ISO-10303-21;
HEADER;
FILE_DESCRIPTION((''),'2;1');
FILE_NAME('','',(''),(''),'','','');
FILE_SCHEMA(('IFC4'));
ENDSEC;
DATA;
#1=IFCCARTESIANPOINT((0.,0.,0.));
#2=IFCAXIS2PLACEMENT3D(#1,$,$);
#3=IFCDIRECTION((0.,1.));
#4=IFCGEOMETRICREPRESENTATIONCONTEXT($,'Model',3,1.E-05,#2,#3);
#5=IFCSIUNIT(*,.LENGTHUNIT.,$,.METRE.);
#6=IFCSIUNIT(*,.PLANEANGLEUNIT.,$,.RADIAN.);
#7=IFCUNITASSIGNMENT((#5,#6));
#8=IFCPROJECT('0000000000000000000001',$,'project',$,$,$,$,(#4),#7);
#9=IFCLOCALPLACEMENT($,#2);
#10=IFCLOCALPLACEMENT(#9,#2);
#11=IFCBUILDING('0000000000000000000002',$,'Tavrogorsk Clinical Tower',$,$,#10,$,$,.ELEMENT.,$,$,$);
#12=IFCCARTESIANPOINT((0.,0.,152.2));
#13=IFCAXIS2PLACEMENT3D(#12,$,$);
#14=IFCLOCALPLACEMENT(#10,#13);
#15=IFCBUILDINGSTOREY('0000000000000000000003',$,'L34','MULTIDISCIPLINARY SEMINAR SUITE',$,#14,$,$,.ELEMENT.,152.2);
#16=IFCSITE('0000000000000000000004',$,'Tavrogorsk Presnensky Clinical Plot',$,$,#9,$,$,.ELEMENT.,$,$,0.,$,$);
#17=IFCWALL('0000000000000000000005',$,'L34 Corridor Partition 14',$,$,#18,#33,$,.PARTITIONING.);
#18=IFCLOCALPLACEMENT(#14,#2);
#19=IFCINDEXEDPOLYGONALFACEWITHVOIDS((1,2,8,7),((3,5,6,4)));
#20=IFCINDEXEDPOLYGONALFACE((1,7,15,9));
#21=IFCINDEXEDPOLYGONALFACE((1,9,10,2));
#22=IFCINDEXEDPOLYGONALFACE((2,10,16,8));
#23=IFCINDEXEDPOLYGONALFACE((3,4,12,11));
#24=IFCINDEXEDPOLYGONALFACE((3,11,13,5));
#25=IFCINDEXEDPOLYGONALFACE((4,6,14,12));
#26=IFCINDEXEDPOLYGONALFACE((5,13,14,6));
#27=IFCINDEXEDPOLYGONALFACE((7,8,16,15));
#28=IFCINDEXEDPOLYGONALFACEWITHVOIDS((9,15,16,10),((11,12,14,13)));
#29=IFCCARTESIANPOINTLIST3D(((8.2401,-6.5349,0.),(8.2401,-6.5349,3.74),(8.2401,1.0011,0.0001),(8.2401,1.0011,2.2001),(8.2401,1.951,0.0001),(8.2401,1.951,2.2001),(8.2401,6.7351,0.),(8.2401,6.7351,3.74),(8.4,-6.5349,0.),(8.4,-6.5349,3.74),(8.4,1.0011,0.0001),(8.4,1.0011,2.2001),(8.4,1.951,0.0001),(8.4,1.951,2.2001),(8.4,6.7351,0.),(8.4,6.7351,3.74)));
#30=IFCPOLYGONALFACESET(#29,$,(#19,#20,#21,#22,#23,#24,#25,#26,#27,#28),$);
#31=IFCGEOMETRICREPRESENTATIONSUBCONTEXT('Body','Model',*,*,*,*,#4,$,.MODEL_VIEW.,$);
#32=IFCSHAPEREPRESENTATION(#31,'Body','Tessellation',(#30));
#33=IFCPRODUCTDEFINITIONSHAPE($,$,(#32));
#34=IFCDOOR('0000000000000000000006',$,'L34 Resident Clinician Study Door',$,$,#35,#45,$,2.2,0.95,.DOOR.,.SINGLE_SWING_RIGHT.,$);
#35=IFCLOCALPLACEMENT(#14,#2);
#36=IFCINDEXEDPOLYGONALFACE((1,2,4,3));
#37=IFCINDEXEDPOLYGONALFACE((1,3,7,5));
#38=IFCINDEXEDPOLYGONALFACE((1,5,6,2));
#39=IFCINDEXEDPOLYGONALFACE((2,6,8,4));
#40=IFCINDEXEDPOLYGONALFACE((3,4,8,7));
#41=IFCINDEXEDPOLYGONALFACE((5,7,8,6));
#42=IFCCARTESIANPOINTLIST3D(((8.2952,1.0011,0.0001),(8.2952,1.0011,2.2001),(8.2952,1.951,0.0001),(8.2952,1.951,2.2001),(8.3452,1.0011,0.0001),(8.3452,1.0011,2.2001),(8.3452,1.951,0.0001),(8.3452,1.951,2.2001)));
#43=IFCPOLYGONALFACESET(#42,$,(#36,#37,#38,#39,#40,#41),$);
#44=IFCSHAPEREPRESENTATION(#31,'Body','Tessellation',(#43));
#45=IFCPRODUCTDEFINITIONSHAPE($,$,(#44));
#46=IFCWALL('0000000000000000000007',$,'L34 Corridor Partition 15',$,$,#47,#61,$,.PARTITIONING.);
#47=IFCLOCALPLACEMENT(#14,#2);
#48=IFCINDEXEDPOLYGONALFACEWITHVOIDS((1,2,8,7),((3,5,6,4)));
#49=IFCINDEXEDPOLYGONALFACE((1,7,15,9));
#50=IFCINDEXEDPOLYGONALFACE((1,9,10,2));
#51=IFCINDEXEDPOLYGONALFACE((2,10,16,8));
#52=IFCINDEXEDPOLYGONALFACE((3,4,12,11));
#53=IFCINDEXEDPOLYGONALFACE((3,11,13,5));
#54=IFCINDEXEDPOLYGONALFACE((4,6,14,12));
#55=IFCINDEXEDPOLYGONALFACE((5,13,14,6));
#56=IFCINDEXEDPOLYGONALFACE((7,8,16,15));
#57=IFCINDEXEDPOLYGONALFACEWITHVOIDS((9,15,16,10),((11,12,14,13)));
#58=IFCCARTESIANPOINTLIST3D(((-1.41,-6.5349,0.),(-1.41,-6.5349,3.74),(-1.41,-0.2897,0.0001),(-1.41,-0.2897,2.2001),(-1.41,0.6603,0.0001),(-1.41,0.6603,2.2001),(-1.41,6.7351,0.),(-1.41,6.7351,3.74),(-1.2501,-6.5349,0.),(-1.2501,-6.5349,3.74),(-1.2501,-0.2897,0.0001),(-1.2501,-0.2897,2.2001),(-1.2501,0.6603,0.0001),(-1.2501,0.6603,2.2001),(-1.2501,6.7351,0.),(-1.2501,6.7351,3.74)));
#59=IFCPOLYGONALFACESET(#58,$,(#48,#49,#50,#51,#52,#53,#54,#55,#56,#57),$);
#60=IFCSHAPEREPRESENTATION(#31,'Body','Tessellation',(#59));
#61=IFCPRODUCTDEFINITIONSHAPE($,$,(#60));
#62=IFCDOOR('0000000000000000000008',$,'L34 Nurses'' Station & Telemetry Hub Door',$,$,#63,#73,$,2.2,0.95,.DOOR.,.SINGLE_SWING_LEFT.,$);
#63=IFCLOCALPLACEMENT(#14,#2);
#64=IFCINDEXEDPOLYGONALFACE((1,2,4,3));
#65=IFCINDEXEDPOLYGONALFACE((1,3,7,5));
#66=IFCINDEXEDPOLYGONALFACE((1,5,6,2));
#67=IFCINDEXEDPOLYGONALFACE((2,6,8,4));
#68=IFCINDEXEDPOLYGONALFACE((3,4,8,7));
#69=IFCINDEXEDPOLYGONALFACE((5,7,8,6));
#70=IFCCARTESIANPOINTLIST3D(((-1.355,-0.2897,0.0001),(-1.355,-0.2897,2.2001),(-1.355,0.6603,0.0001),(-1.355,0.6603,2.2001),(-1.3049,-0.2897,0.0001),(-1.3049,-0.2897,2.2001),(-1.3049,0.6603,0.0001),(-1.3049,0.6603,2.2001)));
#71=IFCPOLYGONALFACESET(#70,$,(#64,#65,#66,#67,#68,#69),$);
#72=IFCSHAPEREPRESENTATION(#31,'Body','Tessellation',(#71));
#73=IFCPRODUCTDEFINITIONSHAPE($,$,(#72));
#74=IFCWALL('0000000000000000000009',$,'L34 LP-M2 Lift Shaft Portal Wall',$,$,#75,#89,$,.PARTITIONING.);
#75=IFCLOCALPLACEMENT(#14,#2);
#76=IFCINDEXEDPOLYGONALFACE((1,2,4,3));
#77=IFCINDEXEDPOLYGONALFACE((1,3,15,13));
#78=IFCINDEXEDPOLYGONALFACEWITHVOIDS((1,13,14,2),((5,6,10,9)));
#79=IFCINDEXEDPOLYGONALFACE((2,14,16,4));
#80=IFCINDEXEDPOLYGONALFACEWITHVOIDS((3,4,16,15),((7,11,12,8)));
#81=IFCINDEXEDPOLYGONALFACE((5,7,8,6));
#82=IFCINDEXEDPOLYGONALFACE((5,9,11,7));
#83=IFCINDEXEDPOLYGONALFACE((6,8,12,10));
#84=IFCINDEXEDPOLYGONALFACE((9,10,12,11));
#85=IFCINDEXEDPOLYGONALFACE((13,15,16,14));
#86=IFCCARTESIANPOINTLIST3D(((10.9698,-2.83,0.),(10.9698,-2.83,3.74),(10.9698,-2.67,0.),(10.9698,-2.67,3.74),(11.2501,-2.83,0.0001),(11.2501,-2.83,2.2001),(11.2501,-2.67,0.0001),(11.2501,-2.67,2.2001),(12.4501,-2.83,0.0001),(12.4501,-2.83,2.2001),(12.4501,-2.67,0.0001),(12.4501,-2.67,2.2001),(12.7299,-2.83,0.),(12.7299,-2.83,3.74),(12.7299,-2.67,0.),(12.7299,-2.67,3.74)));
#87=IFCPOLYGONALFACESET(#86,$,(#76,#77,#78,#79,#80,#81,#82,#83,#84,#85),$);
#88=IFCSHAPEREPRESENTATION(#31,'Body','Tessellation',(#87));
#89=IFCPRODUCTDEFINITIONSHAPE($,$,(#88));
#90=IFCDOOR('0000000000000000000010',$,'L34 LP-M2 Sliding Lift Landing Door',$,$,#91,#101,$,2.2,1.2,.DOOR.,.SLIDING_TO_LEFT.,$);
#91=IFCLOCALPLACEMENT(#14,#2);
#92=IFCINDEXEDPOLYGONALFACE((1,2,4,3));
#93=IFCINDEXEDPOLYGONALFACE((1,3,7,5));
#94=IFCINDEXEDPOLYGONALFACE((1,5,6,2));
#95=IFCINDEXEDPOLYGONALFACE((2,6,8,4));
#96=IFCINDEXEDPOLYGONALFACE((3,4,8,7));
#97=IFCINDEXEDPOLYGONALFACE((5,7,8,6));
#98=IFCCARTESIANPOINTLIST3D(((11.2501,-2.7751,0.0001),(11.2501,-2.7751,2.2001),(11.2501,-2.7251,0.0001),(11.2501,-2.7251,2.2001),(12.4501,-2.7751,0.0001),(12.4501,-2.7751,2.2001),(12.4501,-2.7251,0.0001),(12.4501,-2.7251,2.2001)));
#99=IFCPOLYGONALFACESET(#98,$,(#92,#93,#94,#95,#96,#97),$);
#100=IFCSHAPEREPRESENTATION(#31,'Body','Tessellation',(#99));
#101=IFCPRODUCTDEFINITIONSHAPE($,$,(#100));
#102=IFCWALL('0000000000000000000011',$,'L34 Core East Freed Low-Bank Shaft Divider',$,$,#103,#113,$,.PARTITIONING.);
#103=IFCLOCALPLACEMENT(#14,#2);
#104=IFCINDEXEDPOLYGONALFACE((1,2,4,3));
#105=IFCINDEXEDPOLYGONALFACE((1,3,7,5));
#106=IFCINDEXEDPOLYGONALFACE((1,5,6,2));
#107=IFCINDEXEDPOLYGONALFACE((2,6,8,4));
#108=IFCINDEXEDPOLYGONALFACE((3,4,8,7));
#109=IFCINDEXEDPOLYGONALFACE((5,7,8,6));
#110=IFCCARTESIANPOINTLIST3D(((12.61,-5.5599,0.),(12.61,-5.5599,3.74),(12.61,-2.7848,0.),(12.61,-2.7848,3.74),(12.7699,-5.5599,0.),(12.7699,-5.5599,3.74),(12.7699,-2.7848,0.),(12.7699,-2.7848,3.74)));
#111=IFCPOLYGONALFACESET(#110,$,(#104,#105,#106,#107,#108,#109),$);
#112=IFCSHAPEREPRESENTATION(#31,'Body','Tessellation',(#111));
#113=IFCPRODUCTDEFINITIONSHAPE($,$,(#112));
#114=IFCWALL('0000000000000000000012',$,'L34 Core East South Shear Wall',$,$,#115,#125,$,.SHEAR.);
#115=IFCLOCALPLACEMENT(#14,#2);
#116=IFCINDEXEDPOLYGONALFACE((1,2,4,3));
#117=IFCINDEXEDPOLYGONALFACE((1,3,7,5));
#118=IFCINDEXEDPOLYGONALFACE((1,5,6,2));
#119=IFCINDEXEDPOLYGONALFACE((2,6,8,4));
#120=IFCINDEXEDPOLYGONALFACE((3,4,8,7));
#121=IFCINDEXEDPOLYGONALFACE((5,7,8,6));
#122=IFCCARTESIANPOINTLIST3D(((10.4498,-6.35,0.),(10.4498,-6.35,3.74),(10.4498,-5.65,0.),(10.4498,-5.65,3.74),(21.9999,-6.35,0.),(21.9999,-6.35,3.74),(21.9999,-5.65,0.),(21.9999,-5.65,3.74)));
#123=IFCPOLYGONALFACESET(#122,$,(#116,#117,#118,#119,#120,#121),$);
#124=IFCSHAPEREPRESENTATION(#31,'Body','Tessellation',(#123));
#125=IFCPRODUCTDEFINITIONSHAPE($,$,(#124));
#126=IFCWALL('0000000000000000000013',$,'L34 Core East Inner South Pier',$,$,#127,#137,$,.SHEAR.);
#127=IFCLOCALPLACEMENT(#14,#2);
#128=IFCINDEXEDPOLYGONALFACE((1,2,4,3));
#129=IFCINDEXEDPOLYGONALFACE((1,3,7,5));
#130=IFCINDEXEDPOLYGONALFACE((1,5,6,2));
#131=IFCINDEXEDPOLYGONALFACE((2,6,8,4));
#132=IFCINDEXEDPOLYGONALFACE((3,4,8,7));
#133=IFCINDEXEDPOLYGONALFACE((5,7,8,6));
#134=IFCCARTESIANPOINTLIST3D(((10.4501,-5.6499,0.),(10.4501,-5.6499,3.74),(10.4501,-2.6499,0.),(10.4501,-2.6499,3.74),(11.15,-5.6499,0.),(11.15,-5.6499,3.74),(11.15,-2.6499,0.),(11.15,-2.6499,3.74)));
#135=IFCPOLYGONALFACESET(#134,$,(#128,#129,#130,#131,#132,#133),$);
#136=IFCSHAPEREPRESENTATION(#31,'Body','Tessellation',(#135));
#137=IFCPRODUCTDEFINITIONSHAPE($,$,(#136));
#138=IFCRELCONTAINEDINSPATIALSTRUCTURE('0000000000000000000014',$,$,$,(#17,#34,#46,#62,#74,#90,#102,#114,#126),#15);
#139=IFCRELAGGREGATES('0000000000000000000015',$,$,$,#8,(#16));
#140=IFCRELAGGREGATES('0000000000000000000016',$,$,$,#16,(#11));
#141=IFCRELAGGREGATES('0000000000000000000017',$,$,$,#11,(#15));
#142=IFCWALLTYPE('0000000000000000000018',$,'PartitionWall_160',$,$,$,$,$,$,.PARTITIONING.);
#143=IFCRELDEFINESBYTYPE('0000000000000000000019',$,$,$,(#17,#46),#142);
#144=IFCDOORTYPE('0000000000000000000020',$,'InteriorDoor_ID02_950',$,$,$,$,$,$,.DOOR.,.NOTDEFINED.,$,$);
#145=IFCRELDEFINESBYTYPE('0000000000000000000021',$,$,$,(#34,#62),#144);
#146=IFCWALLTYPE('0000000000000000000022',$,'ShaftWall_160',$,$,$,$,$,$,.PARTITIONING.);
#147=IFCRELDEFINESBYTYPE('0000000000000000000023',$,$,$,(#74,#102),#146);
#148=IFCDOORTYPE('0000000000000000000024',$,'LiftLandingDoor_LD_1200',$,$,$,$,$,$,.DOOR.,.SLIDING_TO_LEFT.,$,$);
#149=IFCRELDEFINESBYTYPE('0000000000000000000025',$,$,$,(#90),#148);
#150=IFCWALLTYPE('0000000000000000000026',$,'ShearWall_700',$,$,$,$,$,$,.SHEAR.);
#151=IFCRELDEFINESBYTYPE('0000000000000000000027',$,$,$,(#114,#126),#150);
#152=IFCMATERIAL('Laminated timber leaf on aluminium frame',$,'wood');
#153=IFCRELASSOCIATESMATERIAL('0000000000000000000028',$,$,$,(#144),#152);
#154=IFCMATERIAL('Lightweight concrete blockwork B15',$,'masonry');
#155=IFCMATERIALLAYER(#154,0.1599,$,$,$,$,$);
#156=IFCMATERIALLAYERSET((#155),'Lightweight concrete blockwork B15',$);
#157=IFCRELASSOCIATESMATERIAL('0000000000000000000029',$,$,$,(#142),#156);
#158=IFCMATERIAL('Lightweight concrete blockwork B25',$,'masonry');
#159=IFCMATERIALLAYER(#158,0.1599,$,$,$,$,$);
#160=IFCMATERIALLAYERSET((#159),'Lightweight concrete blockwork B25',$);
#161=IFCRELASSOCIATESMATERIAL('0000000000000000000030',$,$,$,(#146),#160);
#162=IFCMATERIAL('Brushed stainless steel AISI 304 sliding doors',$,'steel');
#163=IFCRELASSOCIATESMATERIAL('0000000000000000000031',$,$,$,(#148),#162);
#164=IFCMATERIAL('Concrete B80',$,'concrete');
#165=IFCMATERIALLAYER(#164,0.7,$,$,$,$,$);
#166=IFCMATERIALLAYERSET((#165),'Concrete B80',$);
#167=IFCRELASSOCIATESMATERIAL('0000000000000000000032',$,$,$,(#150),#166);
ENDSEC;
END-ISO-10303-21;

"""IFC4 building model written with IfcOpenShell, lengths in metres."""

from ifc_helpers import new_model, si_unit, direction, frame, frame_2d, origin, place, context, subcontext, project, spatial, rectangle, extrude, material, layer, layer_set, type_object, element, fill, save


model = new_model("IFC4")

# Units and contexts
model_context = context("Model", 3, precision=1e-05, world=origin(), true_north=direction((0.0, 1.0)))
body_context = subcontext(model_context, "Body", "Model", "MODEL_VIEW")
ifc_project = project(units=[si_unit("LENGTHUNIT", "METRE"), si_unit("PLANEANGLEUNIT", "RADIAN")], contexts=[model_context])

# Site, building, storey
site_placement = place(None, origin())
site = spatial("IfcSite", under=ifc_project, at=site_placement, Name="Tavrogorsk Presnensky Clinical Plot", CompositionType="ELEMENT", RefElevation=0.0)
building_placement = place(site_placement, origin())
building = spatial("IfcBuilding", under=site, at=building_placement, Name="Tavrogorsk Clinical Tower", CompositionType="ELEMENT")
storey_placement = place(building_placement, frame((0.0, 0.0, 152.2)))
storey = spatial("IfcBuildingStorey", under=building, at=storey_placement, Name="L34", Description="MULTIDISCIPLINARY SEMINAR SUITE", CompositionType="ELEMENT", Elevation=152.2)

# Shared definitions
ifc_material_1 = material(Name="Laminated timber leaf on aluminium frame", Category="wood")
door_type_1 = type_object("IfcDoorType", Name="InteriorDoor_ID02_950", OperationType="NOTDEFINED", PredefinedType="DOOR", material=ifc_material_1)

# Shared definitions
ifc_material_2 = material(Name="Lightweight concrete blockwork B15", Category="masonry")
ifc_layer_1 = layer(ifc_material_2, 0.1599)
ifc_layer_set_1 = layer_set([ifc_layer_1], Name="Lightweight concrete blockwork B15")
wall_type_1 = type_object("IfcWallType", Name="PartitionWall_160", PredefinedType="PARTITIONING", material=ifc_layer_set_1)

# Walls, openings, doors
wall_1_placement = place(storey_placement, frame((8.3201, -6.5349, 0.0), z_axis=(0.0, 0.0, 1.0), x_axis=(0.0, 1.0, 0.0)))
wall_1 = element("IfcWall", 1, at=wall_1_placement, inside=storey, type_object=wall_type_1, Name="L34 Corridor Partition 14", PredefinedType="PARTITIONING", context=body_context, shape_type="SweptSolid", body=[
    extrude(rectangle(XDim=13.27, YDim=0.1599, at=frame_2d((6.635, 0.0))), origin(), (0.0, 0.0, 1.0), 3.74),
])
opening_1_placement = place(wall_1_placement, frame((7.5359, 0.0, 0.0)))
opening_1 = element("IfcOpeningElement", 2, at=opening_1_placement, cuts=wall_1, PredefinedType="OPENING", context=body_context, shape_type="SweptSolid", body=[
    extrude(rectangle(XDim=0.95, YDim=2.2, at=frame_2d((0.4751, 1.1001))), frame((0.0, 0.0898, 0.0), z_axis=(0.0, -1.0, 0.0), x_axis=(1.0, 0.0, 0.0)), (0.0, 0.0, 1.0), 0.1799),
])
door_1_placement = place(opening_1_placement, origin())
door_1 = element("IfcDoor", 3, at=door_1_placement, inside=storey, type_object=door_type_1, Name="L34 Resident Clinician Study Door", OperationType="SINGLE_SWING_RIGHT", OverallHeight=2.2, OverallWidth=0.95, PredefinedType="DOOR", context=body_context, shape_type="SweptSolid", body=[
    extrude(rectangle(XDim=0.95, YDim=2.2, at=frame_2d((0.4751, 1.1001))), frame((0.0, 0.0249, 0.0), z_axis=(0.0, -1.0, 0.0), x_axis=(1.0, 0.0, 0.0)), (0.0, 0.0, 1.0), 0.05),
])
fill(opening_1, door_1)
wall_2_placement = place(storey_placement, frame((-1.3301, -6.5349, 0.0), z_axis=(0.0, 0.0, 1.0), x_axis=(0.0, 1.0, 0.0)))
wall_2 = element("IfcWall", 4, at=wall_2_placement, inside=storey, type_object=wall_type_1, Name="L34 Corridor Partition 15", PredefinedType="PARTITIONING", context=body_context, shape_type="SweptSolid", body=[
    extrude(rectangle(XDim=13.27, YDim=0.1599, at=frame_2d((6.635, 0.0))), origin(), (0.0, 0.0, 1.0), 3.74),
])
opening_2_placement = place(wall_2_placement, frame((6.2451, 0.0, 0.0)))
opening_2 = element("IfcOpeningElement", 5, at=opening_2_placement, cuts=wall_2, PredefinedType="OPENING", context=body_context, shape_type="SweptSolid", body=[
    extrude(rectangle(XDim=0.95, YDim=2.2, at=frame_2d((0.4751, 1.1001))), frame((0.0, 0.0898, 0.0), z_axis=(0.0, -1.0, 0.0), x_axis=(1.0, 0.0, 0.0)), (0.0, 0.0, 1.0), 0.1799),
])
door_2_placement = place(opening_2_placement, origin())
door_2 = element("IfcDoor", 6, at=door_2_placement, inside=storey, type_object=door_type_1, Name="L34 Nurses' Station & Telemetry Hub Door", OperationType="SINGLE_SWING_LEFT", OverallHeight=2.2, OverallWidth=0.95, PredefinedType="DOOR", context=body_context, shape_type="SweptSolid", body=[
    extrude(rectangle(XDim=0.95, YDim=2.2, at=frame_2d((0.4751, 1.1001))), frame((0.0, 0.0249, 0.0), z_axis=(0.0, -1.0, 0.0), x_axis=(1.0, 0.0, 0.0)), (0.0, 0.0, 1.0), 0.05),
])
fill(opening_2, door_2)
ifc_material_3 = material(Name="Lightweight concrete blockwork B25", Category="masonry")
ifc_layer_2 = layer(ifc_material_3, 0.1599)
ifc_layer_set_2 = layer_set([ifc_layer_2], Name="Lightweight concrete blockwork B25")
wall_type_2 = type_object("IfcWallType", Name="ShaftWall_160", PredefinedType="PARTITIONING", material=ifc_layer_set_2)
wall_3_placement = place(storey_placement, frame((10.97, -2.75, 0.0), z_axis=(0.0, 0.0, 1.0), x_axis=(1.0, 0.0, 0.0)))
wall_3 = element("IfcWall", 7, at=wall_3_placement, inside=storey, type_object=wall_type_2, Name="L34 LP-M2 Lift Shaft Portal Wall", PredefinedType="PARTITIONING", context=body_context, shape_type="SweptSolid", body=[
    extrude(rectangle(XDim=1.76, YDim=0.1599, at=frame_2d((0.8799, 0.0))), origin(), (0.0, 0.0, 1.0), 3.74),
])
opening_3_placement = place(wall_3_placement, frame((0.28, 0.0, 0.0)))
opening_3 = element("IfcOpeningElement", 8, at=opening_3_placement, cuts=wall_3, PredefinedType="OPENING", context=body_context, shape_type="SweptSolid", body=[
    extrude(rectangle(XDim=1.2, YDim=2.2, at=frame_2d((0.6001, 1.1001))), frame((0.0, 0.0898, 0.0), z_axis=(0.0, -1.0, 0.0), x_axis=(1.0, 0.0, 0.0)), (0.0, 0.0, 1.0), 0.1799),
])
ifc_material_4 = material(Name="Brushed stainless steel AISI 304 sliding doors", Category="steel")
door_type_2 = type_object("IfcDoorType", Name="LiftLandingDoor_LD_1200", OperationType="SLIDING_TO_LEFT", PredefinedType="DOOR", material=ifc_material_4)
door_3_placement = place(opening_3_placement, origin())
door_3 = element("IfcDoor", 9, at=door_3_placement, inside=storey, type_object=door_type_2, Name="L34 LP-M2 Sliding Lift Landing Door", OperationType="SLIDING_TO_LEFT", OverallHeight=2.2, OverallWidth=1.2, PredefinedType="DOOR", context=body_context, shape_type="SweptSolid", body=[
    extrude(rectangle(XDim=1.2, YDim=2.2, at=frame_2d((0.6001, 1.1001))), frame((0.0, 0.0249, 0.0), z_axis=(0.0, -1.0, 0.0), x_axis=(1.0, 0.0, 0.0)), (0.0, 0.0, 1.0), 0.05),
])
fill(opening_3, door_3)

# Walls
wall_4_placement = place(storey_placement, frame((12.6899, -5.5601, 0.0), z_axis=(0.0, 0.0, 1.0), x_axis=(0.0, 1.0, 0.0)))
element("IfcWall", 10, at=wall_4_placement, inside=storey, type_object=wall_type_2, Name="L34 Core East Freed Low-Bank Shaft Divider", PredefinedType="PARTITIONING", context=body_context, shape_type="SweptSolid", body=[
    extrude(rectangle(XDim=2.7751, YDim=0.1599, at=frame_2d((1.3877, 0.0))), origin(), (0.0, 0.0, 1.0), 3.74),
])
ifc_material_5 = material(Name="Concrete B80", Category="concrete")
ifc_layer_3 = layer(ifc_material_5, 0.7)
ifc_layer_set_3 = layer_set([ifc_layer_3], Name="Concrete B80")
wall_type_3 = type_object("IfcWallType", Name="ShearWall_700", PredefinedType="SHEAR", material=ifc_layer_set_3)
wall_5_placement = place(storey_placement, frame((10.45, -6.0, 0.0), z_axis=(0.0, 0.0, 1.0), x_axis=(1.0, 0.0, 0.0)))
element("IfcWall", 11, at=wall_5_placement, inside=storey, type_object=wall_type_3, Name="L34 Core East South Shear Wall", PredefinedType="SHEAR", context=body_context, shape_type="SweptSolid", body=[
    extrude(rectangle(XDim=11.55, YDim=0.7, at=frame_2d((5.7749, 0.0))), origin(), (0.0, 0.0, 1.0), 3.74),
])
wall_6_placement = place(storey_placement, frame((10.8, -5.6499, 0.0), z_axis=(0.0, 0.0, 1.0), x_axis=(0.0, 1.0, 0.0)))
element("IfcWall", 12, at=wall_6_placement, inside=storey, type_object=wall_type_3, Name="L34 Core East Inner South Pier", PredefinedType="SHEAR", context=body_context, shape_type="SweptSolid", body=[
    extrude(rectangle(XDim=3.0, YDim=0.7, at=frame_2d((1.5, 0.0))), origin(), (0.0, 0.0, 1.0), 3.74),
])

save(model, "model.ifc")
